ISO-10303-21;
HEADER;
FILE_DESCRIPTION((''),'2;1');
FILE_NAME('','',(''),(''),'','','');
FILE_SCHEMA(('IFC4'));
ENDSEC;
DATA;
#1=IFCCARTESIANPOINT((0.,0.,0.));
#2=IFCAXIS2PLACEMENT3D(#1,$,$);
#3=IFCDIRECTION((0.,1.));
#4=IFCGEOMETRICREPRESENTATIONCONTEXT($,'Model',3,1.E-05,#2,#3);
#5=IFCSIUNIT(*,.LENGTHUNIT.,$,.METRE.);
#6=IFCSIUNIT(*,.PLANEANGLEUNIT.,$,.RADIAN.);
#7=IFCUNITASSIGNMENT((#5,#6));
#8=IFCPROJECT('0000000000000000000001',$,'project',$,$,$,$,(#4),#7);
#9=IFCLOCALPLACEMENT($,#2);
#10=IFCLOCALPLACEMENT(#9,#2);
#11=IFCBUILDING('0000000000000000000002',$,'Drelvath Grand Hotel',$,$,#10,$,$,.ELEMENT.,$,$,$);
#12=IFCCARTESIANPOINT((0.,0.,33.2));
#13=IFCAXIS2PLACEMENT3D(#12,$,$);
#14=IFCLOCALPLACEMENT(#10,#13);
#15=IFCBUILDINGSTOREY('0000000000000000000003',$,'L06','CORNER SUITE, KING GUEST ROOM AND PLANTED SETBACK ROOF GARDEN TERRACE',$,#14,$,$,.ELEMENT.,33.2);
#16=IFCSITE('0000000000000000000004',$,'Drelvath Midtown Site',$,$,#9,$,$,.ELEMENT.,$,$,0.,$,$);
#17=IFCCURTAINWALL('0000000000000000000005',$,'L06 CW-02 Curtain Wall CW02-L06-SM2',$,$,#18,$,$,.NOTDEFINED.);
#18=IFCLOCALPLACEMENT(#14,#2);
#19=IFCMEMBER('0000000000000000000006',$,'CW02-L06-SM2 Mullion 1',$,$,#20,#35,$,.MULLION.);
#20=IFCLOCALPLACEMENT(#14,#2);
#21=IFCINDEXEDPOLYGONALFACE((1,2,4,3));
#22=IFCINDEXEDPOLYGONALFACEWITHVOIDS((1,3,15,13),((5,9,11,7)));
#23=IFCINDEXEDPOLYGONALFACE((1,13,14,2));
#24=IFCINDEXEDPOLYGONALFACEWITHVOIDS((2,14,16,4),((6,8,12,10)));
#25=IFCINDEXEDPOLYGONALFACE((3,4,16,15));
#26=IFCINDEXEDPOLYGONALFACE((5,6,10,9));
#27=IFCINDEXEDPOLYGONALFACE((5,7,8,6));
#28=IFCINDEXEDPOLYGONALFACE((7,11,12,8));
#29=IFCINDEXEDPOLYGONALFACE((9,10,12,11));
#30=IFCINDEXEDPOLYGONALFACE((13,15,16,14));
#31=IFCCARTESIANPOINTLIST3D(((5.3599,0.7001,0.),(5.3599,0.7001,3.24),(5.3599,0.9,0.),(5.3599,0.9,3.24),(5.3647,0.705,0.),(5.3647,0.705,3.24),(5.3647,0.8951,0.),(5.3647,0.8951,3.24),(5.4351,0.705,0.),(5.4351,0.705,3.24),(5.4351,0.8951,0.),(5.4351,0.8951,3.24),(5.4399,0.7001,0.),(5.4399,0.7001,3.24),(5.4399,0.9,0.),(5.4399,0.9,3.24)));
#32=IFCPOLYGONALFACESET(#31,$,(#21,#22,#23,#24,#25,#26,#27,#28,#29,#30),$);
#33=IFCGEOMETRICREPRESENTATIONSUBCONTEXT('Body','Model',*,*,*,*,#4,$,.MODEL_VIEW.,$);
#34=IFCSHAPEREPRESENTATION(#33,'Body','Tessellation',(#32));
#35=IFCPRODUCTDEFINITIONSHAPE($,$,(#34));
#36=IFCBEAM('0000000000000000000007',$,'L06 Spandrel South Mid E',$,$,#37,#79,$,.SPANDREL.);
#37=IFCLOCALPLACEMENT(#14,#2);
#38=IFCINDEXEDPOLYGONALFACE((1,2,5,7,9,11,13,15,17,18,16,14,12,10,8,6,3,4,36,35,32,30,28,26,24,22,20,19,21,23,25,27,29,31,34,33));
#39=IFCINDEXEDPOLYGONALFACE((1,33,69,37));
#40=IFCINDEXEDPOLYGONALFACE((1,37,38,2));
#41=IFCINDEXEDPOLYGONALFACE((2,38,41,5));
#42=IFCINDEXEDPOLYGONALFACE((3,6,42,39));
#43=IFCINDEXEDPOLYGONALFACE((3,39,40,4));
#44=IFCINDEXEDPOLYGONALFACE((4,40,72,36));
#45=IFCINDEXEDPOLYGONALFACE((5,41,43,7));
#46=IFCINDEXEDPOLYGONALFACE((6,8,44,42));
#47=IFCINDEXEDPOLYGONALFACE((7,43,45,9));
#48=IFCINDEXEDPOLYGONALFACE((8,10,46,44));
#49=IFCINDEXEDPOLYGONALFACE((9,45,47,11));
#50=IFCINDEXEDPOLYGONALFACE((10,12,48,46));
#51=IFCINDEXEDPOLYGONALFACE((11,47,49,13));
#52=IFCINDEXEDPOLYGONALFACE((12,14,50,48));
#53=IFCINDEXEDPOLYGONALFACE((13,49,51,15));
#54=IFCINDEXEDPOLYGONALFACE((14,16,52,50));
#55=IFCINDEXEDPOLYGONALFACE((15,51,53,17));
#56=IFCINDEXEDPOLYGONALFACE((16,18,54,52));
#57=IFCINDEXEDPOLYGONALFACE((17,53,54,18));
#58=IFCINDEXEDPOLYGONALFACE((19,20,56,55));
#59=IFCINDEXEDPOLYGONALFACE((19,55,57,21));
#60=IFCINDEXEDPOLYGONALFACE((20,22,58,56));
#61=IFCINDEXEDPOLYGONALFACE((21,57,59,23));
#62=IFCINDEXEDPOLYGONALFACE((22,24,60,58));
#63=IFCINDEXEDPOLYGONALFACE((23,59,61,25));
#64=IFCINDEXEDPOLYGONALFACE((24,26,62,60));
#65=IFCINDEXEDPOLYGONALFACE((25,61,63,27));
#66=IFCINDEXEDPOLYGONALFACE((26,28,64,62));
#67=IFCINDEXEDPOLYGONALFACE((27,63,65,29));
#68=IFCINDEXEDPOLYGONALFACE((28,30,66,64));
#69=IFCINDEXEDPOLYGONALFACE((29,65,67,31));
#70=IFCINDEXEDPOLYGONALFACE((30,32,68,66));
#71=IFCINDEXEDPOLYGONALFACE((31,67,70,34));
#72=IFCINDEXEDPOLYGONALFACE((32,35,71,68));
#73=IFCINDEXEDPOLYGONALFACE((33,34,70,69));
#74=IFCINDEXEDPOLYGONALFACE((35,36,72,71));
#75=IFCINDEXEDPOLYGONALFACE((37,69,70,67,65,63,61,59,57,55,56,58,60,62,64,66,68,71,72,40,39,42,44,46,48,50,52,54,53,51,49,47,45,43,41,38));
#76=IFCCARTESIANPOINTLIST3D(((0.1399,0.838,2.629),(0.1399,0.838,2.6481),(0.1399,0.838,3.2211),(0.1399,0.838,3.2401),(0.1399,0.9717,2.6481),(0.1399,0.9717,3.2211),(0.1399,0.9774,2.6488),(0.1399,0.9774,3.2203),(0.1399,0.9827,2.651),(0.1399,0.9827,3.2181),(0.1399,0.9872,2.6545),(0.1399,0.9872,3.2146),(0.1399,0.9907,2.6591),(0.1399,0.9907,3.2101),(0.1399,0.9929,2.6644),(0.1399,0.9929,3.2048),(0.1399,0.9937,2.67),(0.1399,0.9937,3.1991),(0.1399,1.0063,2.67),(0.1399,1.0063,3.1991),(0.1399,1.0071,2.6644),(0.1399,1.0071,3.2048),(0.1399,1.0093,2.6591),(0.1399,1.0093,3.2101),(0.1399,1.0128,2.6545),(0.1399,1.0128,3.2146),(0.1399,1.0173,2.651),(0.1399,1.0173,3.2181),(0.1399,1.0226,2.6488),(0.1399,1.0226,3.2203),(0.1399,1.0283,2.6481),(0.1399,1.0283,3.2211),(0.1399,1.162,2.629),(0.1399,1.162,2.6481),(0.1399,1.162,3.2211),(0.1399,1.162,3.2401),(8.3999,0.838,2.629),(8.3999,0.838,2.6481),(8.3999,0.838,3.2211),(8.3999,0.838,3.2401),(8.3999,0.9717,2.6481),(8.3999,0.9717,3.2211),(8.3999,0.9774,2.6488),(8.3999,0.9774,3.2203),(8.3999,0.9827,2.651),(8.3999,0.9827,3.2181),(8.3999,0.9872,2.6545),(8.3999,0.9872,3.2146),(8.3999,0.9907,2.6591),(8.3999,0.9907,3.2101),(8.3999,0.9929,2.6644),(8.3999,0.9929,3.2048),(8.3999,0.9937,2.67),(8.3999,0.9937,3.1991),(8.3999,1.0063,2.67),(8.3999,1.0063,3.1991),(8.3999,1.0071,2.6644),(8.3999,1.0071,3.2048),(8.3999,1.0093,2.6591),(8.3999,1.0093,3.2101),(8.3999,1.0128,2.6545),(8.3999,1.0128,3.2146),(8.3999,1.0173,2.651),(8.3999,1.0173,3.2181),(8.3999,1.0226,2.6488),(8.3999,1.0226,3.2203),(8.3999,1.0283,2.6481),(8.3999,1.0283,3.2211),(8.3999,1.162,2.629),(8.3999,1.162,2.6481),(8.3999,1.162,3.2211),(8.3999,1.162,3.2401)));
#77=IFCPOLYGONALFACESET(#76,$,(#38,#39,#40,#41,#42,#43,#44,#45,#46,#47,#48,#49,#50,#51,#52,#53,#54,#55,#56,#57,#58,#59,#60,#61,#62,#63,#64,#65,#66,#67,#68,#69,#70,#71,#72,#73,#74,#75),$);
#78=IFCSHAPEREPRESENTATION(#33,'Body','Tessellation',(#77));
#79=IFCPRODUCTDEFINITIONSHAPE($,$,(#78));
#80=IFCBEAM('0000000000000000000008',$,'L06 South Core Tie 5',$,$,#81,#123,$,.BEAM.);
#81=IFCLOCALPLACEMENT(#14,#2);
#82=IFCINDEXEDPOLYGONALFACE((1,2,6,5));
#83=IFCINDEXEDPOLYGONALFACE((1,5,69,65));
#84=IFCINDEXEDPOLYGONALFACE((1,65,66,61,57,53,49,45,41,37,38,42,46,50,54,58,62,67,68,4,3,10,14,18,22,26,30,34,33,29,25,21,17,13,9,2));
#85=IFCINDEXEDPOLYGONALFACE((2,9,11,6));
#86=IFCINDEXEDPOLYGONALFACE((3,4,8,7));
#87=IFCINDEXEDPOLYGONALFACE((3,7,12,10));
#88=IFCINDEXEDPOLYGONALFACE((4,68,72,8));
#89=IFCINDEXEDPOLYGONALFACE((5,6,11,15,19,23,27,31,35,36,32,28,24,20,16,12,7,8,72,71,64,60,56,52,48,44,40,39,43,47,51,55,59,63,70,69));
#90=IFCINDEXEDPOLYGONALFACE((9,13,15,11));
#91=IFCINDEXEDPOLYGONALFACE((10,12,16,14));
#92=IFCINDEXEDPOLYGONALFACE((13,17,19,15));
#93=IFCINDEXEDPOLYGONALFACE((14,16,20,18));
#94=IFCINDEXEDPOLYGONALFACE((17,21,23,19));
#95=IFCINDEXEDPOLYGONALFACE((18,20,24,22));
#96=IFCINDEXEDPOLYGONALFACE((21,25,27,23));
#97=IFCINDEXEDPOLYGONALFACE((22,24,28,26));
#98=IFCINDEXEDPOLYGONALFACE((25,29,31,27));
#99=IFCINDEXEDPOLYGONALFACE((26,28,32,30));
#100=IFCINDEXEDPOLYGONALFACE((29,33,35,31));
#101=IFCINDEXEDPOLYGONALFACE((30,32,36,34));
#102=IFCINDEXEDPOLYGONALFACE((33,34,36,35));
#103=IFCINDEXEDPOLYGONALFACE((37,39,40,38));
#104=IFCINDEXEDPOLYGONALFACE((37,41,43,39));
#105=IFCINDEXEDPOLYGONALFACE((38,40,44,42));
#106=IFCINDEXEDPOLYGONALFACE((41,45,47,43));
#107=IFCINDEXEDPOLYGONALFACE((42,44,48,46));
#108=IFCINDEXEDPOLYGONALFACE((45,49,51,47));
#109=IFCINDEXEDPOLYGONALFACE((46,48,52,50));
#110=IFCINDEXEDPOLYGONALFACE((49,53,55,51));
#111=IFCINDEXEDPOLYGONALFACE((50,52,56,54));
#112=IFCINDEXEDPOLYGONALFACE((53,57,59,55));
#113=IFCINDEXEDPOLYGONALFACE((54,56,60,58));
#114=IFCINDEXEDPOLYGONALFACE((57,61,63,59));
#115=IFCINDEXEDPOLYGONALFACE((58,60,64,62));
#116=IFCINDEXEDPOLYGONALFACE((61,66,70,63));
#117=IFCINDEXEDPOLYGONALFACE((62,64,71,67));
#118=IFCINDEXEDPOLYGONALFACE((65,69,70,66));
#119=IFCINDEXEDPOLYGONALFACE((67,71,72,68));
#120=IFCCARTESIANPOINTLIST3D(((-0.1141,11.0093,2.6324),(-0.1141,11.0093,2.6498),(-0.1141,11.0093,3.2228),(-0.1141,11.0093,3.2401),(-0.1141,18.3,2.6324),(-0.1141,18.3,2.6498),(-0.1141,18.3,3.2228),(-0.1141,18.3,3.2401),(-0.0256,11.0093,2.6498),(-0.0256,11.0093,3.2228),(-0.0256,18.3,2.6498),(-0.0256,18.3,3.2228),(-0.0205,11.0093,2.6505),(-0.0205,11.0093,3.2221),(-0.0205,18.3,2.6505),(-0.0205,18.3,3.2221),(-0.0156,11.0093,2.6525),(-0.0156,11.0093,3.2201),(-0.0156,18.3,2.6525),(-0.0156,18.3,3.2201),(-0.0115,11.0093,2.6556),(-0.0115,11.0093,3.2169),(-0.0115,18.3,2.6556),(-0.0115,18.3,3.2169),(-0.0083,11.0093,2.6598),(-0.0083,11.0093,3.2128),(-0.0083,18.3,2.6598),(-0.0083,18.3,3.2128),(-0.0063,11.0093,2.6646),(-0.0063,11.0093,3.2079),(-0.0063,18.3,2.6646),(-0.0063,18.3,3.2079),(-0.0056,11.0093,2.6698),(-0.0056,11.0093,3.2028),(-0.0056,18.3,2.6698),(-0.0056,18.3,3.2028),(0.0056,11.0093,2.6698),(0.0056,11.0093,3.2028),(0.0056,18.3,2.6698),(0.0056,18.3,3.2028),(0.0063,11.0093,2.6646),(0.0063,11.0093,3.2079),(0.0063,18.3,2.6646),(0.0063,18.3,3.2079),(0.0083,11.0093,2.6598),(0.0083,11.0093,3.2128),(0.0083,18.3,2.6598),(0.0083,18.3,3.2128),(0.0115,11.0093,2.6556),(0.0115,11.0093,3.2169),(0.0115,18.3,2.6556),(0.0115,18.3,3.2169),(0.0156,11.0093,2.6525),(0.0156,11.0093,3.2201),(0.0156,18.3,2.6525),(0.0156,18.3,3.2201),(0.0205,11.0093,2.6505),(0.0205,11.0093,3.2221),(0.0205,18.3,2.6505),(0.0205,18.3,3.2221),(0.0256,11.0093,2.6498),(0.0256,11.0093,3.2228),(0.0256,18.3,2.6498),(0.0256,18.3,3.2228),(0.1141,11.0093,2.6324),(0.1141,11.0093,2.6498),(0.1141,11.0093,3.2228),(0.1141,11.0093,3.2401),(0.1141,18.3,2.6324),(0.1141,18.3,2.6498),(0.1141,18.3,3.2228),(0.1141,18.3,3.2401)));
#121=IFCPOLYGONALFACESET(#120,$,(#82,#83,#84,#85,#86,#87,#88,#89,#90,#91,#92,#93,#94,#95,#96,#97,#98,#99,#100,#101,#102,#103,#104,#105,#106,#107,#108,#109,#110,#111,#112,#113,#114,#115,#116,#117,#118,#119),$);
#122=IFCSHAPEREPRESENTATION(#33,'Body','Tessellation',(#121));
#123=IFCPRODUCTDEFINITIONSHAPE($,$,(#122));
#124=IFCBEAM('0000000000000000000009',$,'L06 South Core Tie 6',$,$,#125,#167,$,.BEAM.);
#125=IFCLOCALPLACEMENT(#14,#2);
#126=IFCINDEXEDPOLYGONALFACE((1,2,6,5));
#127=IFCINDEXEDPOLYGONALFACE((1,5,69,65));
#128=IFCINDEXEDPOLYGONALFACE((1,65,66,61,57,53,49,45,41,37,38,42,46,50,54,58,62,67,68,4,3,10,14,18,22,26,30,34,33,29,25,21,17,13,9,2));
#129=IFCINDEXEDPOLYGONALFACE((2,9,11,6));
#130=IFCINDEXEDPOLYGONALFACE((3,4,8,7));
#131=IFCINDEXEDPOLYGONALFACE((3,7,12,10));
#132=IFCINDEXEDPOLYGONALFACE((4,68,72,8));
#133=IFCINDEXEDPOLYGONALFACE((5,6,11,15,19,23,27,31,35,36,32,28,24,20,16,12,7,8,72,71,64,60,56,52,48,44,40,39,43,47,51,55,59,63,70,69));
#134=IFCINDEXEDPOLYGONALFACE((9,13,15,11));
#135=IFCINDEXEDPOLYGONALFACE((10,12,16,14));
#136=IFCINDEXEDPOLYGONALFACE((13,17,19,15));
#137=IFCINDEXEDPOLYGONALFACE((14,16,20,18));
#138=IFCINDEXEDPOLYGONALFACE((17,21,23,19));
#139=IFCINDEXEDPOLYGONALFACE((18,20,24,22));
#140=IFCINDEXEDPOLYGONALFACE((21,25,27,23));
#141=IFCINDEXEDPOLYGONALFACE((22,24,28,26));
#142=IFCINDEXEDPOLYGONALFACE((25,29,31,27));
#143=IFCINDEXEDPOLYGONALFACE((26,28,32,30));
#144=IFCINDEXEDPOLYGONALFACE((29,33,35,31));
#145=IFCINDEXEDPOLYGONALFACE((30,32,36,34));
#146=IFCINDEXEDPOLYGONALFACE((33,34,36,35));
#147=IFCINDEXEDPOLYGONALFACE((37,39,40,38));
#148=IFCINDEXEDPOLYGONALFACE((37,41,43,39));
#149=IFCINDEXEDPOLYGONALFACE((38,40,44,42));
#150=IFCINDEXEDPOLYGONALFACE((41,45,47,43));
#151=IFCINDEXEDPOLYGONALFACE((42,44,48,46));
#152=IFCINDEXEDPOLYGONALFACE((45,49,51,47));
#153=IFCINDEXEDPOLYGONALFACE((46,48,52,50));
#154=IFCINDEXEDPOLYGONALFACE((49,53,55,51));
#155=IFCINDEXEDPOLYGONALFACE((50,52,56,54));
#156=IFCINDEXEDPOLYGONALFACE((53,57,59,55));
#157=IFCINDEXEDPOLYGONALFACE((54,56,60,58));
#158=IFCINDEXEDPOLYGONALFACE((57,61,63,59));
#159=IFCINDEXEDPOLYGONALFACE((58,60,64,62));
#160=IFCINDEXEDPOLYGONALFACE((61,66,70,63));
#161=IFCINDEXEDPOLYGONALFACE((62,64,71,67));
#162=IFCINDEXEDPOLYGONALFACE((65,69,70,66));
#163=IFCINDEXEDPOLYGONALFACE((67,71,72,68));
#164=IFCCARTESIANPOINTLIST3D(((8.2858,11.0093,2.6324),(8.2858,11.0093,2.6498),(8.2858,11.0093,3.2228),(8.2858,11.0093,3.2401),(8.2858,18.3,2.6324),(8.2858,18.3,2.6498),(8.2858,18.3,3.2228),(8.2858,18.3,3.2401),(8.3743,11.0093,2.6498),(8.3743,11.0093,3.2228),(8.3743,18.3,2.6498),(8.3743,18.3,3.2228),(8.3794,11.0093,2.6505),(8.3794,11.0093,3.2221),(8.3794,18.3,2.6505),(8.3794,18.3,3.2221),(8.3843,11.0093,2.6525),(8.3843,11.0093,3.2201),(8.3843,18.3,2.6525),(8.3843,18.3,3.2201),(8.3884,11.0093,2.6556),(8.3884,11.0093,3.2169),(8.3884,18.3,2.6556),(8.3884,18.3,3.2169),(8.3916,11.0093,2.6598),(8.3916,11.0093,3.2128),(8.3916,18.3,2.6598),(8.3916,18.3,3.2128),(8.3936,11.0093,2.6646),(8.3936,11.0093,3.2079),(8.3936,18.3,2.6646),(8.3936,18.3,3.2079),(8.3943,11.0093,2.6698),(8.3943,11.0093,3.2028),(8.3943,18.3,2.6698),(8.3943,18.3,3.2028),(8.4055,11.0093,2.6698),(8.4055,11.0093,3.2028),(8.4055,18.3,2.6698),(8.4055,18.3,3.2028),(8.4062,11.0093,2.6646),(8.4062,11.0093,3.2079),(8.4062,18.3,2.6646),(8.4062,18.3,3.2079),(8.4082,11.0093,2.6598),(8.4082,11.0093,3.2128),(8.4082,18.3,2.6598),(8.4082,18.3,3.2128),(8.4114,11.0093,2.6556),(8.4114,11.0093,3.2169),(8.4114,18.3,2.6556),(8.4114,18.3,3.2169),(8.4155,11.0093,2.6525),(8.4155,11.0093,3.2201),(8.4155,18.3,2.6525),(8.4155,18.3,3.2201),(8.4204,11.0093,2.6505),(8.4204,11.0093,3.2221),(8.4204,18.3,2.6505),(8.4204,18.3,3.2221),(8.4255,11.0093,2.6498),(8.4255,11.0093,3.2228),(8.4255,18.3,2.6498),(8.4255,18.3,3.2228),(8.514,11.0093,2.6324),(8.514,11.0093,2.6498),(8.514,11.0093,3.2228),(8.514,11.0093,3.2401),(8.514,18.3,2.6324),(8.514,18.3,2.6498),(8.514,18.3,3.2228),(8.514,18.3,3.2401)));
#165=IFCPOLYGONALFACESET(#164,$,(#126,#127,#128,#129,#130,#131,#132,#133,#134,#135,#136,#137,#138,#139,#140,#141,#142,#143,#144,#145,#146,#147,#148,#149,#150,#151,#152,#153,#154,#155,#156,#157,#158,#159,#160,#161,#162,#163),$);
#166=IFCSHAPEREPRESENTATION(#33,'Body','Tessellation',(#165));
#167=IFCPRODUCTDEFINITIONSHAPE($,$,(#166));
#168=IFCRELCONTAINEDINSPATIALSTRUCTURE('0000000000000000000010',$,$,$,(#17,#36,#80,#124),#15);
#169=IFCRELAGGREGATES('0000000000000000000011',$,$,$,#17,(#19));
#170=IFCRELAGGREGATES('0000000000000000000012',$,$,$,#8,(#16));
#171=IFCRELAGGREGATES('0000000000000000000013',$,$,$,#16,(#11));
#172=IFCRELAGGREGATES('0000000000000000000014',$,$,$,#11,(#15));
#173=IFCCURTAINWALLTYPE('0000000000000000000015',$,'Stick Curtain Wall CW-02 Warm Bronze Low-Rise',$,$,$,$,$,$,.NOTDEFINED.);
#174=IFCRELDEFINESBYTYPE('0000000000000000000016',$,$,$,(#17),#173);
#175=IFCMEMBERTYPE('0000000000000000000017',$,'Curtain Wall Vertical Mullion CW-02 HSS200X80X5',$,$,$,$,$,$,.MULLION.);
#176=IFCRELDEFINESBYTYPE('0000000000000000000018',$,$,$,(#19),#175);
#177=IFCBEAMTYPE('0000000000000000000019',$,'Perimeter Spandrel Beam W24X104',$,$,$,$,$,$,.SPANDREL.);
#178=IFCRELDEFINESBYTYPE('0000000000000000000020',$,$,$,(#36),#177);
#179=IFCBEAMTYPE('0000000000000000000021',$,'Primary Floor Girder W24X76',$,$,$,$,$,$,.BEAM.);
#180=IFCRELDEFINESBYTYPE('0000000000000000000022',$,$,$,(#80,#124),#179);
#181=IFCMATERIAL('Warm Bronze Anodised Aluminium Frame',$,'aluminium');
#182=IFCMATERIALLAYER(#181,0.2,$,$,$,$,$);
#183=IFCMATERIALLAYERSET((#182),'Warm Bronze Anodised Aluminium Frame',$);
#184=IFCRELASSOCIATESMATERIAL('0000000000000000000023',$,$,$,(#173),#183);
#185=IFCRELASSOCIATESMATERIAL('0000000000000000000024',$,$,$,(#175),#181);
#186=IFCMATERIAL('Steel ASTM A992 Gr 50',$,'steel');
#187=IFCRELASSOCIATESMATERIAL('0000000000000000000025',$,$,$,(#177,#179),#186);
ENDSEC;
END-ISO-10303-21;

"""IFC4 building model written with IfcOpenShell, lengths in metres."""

from ifc_helpers import new_model, si_unit, direction, frame, origin, origin_2d, place, context, subcontext, project, spatial, hollow_rectangle, i_section, extrude, material, layer, layer_set, material_profile, profile_set, type_object, element, aggregate, save


model = new_model("IFC4")

# Units and contexts
model_context = context("Model", 3, precision=1e-05, world=origin(), true_north=direction((0.0, 1.0)))
body_context = subcontext(model_context, "Body", "Model", "MODEL_VIEW")
ifc_project = project(units=[si_unit("LENGTHUNIT", "METRE"), si_unit("PLANEANGLEUNIT", "RADIAN")], contexts=[model_context])

# Site, building, storey
site_placement = place(None, origin())
site = spatial("IfcSite", under=ifc_project, at=site_placement, Name="Drelvath Midtown Site", CompositionType="ELEMENT", RefElevation=0.0)
building_placement = place(site_placement, origin())
building = spatial("IfcBuilding", under=site, at=building_placement, Name="Drelvath Grand Hotel", CompositionType="ELEMENT")
storey_placement = place(building_placement, frame((0.0, 0.0, 33.2)))
storey = spatial("IfcBuildingStorey", under=building, at=storey_placement, Name="L06", Description="CORNER SUITE, KING GUEST ROOM AND PLANTED SETBACK ROOF GARDEN TERRACE", CompositionType="ELEMENT", Elevation=33.2)

# Curtain wall, member
ifc_material_1 = material(Name="Warm Bronze Anodised Aluminium Frame", Category="aluminium")
ifc_layer_1 = layer(ifc_material_1, 0.2)
ifc_layer_set_1 = layer_set([ifc_layer_1], Name="Warm Bronze Anodised Aluminium Frame")
curtain_wall_type = type_object("IfcCurtainWallType", Name="Stick Curtain Wall CW-02 Warm Bronze Low-Rise", PredefinedType="NOTDEFINED", material=ifc_layer_set_1)
curtain_wall_placement = place(storey_placement, origin())
curtain_wall = element("IfcCurtainWall", 1, at=curtain_wall_placement, inside=storey, type_object=curtain_wall_type, Name="L06 CW-02 Curtain Wall CW02-L06-SM2", PredefinedType="NOTDEFINED")
ifc_material_profile_1 = material_profile(ifc_material_1, hollow_rectangle(XDim=0.0801, YDim=0.2, WallThickness=0.0049, at=origin_2d()), Name="HSS200X80X5")
ifc_profile_set_1 = profile_set([ifc_material_profile_1], Name="Warm Bronze Anodised Aluminium Frame")
member_type = type_object("IfcMemberType", Name="Curtain Wall Vertical Mullion CW-02 HSS200X80X5", PredefinedType="MULLION", material=ifc_profile_set_1)
member_placement = place(storey_placement, frame((5.3999, 0.8, 0.0), z_axis=(0.0, 0.0, 1.0), x_axis=(1.0, 0.0, 0.0)))
member = element("IfcMember", 2, at=member_placement, type_object=member_type, Name="CW02-L06-SM2 Mullion 1", PredefinedType="MULLION", context=body_context, shape_type="SweptSolid", body=[
    extrude(hollow_rectangle(XDim=0.0801, YDim=0.2, WallThickness=0.0049, at=origin_2d()), origin(), (0.0, 0.0, 1.0), 3.24),
])
aggregate(curtain_wall, [member])

# Beams
ifc_material_2 = material(Name="Steel ASTM A992 Gr 50", Category="steel")
ifc_material_profile_2 = material_profile(ifc_material_2, i_section(OverallWidth=0.324, OverallDepth=0.6111, WebThickness=0.0127, FlangeThickness=0.019, FilletRadius=0.022, at=origin_2d()), Name="W24X104")
ifc_profile_set_2 = profile_set([ifc_material_profile_2], Name="Steel ASTM A992 Gr 50")
beam_type_1 = type_object("IfcBeamType", Name="Perimeter Spandrel Beam W24X104", PredefinedType="SPANDREL", material=ifc_profile_set_2)
beam_1_placement = place(storey_placement, frame((0.1399, 1.0, 2.9346), z_axis=(1.0, 0.0, 0.0), x_axis=(0.0, 1.0, 0.0)))
element("IfcBeam", 3, at=beam_1_placement, inside=storey, type_object=beam_type_1, Name="L06 Spandrel South Mid E", PredefinedType="SPANDREL", context=body_context, shape_type="SweptSolid", body=[
    extrude(i_section(OverallWidth=0.324, OverallDepth=0.6111, WebThickness=0.0127, FlangeThickness=0.019, FilletRadius=0.022, at=origin_2d()), origin(), (0.0, 0.0, 1.0), 8.26),
])
ifc_material_profile_3 = material_profile(ifc_material_2, i_section(OverallWidth=0.2283, OverallDepth=0.6077, WebThickness=0.0112, FlangeThickness=0.0173, FilletRadius=0.02, at=origin_2d()), Name="W24X76")
ifc_profile_set_3 = profile_set([ifc_material_profile_3], Name="Steel ASTM A992 Gr 50")
beam_type_2 = type_object("IfcBeamType", Name="Primary Floor Girder W24X76", PredefinedType="BEAM", material=ifc_profile_set_3)
for number, where, z_axis, x_axis, name in (
    (4, (0.0, 11.0093, 2.9363), (0.0, 1.0, 0.0), (-1.0, 0.0, 0.0), "L06 South Core Tie 5"),
    (5, (8.3999, 11.0093, 2.9363), (0.0, 1.0, 0.0), (-1.0, 0.0, 0.0), "L06 South Core Tie 6"),
):
    element("IfcBeam", number, at=place(storey_placement, frame(where, z_axis=z_axis, x_axis=x_axis)), inside=storey, type_object=beam_type_2, Name=name, PredefinedType="BEAM", context=body_context, shape_type="SweptSolid", body=[
        extrude(i_section(OverallWidth=0.2283, OverallDepth=0.6077, WebThickness=0.0112, FlangeThickness=0.0173, FilletRadius=0.02, at=origin_2d()), origin(), (0.0, 0.0, 1.0), 7.2908),
    ])

save(model, "model.ifc")
